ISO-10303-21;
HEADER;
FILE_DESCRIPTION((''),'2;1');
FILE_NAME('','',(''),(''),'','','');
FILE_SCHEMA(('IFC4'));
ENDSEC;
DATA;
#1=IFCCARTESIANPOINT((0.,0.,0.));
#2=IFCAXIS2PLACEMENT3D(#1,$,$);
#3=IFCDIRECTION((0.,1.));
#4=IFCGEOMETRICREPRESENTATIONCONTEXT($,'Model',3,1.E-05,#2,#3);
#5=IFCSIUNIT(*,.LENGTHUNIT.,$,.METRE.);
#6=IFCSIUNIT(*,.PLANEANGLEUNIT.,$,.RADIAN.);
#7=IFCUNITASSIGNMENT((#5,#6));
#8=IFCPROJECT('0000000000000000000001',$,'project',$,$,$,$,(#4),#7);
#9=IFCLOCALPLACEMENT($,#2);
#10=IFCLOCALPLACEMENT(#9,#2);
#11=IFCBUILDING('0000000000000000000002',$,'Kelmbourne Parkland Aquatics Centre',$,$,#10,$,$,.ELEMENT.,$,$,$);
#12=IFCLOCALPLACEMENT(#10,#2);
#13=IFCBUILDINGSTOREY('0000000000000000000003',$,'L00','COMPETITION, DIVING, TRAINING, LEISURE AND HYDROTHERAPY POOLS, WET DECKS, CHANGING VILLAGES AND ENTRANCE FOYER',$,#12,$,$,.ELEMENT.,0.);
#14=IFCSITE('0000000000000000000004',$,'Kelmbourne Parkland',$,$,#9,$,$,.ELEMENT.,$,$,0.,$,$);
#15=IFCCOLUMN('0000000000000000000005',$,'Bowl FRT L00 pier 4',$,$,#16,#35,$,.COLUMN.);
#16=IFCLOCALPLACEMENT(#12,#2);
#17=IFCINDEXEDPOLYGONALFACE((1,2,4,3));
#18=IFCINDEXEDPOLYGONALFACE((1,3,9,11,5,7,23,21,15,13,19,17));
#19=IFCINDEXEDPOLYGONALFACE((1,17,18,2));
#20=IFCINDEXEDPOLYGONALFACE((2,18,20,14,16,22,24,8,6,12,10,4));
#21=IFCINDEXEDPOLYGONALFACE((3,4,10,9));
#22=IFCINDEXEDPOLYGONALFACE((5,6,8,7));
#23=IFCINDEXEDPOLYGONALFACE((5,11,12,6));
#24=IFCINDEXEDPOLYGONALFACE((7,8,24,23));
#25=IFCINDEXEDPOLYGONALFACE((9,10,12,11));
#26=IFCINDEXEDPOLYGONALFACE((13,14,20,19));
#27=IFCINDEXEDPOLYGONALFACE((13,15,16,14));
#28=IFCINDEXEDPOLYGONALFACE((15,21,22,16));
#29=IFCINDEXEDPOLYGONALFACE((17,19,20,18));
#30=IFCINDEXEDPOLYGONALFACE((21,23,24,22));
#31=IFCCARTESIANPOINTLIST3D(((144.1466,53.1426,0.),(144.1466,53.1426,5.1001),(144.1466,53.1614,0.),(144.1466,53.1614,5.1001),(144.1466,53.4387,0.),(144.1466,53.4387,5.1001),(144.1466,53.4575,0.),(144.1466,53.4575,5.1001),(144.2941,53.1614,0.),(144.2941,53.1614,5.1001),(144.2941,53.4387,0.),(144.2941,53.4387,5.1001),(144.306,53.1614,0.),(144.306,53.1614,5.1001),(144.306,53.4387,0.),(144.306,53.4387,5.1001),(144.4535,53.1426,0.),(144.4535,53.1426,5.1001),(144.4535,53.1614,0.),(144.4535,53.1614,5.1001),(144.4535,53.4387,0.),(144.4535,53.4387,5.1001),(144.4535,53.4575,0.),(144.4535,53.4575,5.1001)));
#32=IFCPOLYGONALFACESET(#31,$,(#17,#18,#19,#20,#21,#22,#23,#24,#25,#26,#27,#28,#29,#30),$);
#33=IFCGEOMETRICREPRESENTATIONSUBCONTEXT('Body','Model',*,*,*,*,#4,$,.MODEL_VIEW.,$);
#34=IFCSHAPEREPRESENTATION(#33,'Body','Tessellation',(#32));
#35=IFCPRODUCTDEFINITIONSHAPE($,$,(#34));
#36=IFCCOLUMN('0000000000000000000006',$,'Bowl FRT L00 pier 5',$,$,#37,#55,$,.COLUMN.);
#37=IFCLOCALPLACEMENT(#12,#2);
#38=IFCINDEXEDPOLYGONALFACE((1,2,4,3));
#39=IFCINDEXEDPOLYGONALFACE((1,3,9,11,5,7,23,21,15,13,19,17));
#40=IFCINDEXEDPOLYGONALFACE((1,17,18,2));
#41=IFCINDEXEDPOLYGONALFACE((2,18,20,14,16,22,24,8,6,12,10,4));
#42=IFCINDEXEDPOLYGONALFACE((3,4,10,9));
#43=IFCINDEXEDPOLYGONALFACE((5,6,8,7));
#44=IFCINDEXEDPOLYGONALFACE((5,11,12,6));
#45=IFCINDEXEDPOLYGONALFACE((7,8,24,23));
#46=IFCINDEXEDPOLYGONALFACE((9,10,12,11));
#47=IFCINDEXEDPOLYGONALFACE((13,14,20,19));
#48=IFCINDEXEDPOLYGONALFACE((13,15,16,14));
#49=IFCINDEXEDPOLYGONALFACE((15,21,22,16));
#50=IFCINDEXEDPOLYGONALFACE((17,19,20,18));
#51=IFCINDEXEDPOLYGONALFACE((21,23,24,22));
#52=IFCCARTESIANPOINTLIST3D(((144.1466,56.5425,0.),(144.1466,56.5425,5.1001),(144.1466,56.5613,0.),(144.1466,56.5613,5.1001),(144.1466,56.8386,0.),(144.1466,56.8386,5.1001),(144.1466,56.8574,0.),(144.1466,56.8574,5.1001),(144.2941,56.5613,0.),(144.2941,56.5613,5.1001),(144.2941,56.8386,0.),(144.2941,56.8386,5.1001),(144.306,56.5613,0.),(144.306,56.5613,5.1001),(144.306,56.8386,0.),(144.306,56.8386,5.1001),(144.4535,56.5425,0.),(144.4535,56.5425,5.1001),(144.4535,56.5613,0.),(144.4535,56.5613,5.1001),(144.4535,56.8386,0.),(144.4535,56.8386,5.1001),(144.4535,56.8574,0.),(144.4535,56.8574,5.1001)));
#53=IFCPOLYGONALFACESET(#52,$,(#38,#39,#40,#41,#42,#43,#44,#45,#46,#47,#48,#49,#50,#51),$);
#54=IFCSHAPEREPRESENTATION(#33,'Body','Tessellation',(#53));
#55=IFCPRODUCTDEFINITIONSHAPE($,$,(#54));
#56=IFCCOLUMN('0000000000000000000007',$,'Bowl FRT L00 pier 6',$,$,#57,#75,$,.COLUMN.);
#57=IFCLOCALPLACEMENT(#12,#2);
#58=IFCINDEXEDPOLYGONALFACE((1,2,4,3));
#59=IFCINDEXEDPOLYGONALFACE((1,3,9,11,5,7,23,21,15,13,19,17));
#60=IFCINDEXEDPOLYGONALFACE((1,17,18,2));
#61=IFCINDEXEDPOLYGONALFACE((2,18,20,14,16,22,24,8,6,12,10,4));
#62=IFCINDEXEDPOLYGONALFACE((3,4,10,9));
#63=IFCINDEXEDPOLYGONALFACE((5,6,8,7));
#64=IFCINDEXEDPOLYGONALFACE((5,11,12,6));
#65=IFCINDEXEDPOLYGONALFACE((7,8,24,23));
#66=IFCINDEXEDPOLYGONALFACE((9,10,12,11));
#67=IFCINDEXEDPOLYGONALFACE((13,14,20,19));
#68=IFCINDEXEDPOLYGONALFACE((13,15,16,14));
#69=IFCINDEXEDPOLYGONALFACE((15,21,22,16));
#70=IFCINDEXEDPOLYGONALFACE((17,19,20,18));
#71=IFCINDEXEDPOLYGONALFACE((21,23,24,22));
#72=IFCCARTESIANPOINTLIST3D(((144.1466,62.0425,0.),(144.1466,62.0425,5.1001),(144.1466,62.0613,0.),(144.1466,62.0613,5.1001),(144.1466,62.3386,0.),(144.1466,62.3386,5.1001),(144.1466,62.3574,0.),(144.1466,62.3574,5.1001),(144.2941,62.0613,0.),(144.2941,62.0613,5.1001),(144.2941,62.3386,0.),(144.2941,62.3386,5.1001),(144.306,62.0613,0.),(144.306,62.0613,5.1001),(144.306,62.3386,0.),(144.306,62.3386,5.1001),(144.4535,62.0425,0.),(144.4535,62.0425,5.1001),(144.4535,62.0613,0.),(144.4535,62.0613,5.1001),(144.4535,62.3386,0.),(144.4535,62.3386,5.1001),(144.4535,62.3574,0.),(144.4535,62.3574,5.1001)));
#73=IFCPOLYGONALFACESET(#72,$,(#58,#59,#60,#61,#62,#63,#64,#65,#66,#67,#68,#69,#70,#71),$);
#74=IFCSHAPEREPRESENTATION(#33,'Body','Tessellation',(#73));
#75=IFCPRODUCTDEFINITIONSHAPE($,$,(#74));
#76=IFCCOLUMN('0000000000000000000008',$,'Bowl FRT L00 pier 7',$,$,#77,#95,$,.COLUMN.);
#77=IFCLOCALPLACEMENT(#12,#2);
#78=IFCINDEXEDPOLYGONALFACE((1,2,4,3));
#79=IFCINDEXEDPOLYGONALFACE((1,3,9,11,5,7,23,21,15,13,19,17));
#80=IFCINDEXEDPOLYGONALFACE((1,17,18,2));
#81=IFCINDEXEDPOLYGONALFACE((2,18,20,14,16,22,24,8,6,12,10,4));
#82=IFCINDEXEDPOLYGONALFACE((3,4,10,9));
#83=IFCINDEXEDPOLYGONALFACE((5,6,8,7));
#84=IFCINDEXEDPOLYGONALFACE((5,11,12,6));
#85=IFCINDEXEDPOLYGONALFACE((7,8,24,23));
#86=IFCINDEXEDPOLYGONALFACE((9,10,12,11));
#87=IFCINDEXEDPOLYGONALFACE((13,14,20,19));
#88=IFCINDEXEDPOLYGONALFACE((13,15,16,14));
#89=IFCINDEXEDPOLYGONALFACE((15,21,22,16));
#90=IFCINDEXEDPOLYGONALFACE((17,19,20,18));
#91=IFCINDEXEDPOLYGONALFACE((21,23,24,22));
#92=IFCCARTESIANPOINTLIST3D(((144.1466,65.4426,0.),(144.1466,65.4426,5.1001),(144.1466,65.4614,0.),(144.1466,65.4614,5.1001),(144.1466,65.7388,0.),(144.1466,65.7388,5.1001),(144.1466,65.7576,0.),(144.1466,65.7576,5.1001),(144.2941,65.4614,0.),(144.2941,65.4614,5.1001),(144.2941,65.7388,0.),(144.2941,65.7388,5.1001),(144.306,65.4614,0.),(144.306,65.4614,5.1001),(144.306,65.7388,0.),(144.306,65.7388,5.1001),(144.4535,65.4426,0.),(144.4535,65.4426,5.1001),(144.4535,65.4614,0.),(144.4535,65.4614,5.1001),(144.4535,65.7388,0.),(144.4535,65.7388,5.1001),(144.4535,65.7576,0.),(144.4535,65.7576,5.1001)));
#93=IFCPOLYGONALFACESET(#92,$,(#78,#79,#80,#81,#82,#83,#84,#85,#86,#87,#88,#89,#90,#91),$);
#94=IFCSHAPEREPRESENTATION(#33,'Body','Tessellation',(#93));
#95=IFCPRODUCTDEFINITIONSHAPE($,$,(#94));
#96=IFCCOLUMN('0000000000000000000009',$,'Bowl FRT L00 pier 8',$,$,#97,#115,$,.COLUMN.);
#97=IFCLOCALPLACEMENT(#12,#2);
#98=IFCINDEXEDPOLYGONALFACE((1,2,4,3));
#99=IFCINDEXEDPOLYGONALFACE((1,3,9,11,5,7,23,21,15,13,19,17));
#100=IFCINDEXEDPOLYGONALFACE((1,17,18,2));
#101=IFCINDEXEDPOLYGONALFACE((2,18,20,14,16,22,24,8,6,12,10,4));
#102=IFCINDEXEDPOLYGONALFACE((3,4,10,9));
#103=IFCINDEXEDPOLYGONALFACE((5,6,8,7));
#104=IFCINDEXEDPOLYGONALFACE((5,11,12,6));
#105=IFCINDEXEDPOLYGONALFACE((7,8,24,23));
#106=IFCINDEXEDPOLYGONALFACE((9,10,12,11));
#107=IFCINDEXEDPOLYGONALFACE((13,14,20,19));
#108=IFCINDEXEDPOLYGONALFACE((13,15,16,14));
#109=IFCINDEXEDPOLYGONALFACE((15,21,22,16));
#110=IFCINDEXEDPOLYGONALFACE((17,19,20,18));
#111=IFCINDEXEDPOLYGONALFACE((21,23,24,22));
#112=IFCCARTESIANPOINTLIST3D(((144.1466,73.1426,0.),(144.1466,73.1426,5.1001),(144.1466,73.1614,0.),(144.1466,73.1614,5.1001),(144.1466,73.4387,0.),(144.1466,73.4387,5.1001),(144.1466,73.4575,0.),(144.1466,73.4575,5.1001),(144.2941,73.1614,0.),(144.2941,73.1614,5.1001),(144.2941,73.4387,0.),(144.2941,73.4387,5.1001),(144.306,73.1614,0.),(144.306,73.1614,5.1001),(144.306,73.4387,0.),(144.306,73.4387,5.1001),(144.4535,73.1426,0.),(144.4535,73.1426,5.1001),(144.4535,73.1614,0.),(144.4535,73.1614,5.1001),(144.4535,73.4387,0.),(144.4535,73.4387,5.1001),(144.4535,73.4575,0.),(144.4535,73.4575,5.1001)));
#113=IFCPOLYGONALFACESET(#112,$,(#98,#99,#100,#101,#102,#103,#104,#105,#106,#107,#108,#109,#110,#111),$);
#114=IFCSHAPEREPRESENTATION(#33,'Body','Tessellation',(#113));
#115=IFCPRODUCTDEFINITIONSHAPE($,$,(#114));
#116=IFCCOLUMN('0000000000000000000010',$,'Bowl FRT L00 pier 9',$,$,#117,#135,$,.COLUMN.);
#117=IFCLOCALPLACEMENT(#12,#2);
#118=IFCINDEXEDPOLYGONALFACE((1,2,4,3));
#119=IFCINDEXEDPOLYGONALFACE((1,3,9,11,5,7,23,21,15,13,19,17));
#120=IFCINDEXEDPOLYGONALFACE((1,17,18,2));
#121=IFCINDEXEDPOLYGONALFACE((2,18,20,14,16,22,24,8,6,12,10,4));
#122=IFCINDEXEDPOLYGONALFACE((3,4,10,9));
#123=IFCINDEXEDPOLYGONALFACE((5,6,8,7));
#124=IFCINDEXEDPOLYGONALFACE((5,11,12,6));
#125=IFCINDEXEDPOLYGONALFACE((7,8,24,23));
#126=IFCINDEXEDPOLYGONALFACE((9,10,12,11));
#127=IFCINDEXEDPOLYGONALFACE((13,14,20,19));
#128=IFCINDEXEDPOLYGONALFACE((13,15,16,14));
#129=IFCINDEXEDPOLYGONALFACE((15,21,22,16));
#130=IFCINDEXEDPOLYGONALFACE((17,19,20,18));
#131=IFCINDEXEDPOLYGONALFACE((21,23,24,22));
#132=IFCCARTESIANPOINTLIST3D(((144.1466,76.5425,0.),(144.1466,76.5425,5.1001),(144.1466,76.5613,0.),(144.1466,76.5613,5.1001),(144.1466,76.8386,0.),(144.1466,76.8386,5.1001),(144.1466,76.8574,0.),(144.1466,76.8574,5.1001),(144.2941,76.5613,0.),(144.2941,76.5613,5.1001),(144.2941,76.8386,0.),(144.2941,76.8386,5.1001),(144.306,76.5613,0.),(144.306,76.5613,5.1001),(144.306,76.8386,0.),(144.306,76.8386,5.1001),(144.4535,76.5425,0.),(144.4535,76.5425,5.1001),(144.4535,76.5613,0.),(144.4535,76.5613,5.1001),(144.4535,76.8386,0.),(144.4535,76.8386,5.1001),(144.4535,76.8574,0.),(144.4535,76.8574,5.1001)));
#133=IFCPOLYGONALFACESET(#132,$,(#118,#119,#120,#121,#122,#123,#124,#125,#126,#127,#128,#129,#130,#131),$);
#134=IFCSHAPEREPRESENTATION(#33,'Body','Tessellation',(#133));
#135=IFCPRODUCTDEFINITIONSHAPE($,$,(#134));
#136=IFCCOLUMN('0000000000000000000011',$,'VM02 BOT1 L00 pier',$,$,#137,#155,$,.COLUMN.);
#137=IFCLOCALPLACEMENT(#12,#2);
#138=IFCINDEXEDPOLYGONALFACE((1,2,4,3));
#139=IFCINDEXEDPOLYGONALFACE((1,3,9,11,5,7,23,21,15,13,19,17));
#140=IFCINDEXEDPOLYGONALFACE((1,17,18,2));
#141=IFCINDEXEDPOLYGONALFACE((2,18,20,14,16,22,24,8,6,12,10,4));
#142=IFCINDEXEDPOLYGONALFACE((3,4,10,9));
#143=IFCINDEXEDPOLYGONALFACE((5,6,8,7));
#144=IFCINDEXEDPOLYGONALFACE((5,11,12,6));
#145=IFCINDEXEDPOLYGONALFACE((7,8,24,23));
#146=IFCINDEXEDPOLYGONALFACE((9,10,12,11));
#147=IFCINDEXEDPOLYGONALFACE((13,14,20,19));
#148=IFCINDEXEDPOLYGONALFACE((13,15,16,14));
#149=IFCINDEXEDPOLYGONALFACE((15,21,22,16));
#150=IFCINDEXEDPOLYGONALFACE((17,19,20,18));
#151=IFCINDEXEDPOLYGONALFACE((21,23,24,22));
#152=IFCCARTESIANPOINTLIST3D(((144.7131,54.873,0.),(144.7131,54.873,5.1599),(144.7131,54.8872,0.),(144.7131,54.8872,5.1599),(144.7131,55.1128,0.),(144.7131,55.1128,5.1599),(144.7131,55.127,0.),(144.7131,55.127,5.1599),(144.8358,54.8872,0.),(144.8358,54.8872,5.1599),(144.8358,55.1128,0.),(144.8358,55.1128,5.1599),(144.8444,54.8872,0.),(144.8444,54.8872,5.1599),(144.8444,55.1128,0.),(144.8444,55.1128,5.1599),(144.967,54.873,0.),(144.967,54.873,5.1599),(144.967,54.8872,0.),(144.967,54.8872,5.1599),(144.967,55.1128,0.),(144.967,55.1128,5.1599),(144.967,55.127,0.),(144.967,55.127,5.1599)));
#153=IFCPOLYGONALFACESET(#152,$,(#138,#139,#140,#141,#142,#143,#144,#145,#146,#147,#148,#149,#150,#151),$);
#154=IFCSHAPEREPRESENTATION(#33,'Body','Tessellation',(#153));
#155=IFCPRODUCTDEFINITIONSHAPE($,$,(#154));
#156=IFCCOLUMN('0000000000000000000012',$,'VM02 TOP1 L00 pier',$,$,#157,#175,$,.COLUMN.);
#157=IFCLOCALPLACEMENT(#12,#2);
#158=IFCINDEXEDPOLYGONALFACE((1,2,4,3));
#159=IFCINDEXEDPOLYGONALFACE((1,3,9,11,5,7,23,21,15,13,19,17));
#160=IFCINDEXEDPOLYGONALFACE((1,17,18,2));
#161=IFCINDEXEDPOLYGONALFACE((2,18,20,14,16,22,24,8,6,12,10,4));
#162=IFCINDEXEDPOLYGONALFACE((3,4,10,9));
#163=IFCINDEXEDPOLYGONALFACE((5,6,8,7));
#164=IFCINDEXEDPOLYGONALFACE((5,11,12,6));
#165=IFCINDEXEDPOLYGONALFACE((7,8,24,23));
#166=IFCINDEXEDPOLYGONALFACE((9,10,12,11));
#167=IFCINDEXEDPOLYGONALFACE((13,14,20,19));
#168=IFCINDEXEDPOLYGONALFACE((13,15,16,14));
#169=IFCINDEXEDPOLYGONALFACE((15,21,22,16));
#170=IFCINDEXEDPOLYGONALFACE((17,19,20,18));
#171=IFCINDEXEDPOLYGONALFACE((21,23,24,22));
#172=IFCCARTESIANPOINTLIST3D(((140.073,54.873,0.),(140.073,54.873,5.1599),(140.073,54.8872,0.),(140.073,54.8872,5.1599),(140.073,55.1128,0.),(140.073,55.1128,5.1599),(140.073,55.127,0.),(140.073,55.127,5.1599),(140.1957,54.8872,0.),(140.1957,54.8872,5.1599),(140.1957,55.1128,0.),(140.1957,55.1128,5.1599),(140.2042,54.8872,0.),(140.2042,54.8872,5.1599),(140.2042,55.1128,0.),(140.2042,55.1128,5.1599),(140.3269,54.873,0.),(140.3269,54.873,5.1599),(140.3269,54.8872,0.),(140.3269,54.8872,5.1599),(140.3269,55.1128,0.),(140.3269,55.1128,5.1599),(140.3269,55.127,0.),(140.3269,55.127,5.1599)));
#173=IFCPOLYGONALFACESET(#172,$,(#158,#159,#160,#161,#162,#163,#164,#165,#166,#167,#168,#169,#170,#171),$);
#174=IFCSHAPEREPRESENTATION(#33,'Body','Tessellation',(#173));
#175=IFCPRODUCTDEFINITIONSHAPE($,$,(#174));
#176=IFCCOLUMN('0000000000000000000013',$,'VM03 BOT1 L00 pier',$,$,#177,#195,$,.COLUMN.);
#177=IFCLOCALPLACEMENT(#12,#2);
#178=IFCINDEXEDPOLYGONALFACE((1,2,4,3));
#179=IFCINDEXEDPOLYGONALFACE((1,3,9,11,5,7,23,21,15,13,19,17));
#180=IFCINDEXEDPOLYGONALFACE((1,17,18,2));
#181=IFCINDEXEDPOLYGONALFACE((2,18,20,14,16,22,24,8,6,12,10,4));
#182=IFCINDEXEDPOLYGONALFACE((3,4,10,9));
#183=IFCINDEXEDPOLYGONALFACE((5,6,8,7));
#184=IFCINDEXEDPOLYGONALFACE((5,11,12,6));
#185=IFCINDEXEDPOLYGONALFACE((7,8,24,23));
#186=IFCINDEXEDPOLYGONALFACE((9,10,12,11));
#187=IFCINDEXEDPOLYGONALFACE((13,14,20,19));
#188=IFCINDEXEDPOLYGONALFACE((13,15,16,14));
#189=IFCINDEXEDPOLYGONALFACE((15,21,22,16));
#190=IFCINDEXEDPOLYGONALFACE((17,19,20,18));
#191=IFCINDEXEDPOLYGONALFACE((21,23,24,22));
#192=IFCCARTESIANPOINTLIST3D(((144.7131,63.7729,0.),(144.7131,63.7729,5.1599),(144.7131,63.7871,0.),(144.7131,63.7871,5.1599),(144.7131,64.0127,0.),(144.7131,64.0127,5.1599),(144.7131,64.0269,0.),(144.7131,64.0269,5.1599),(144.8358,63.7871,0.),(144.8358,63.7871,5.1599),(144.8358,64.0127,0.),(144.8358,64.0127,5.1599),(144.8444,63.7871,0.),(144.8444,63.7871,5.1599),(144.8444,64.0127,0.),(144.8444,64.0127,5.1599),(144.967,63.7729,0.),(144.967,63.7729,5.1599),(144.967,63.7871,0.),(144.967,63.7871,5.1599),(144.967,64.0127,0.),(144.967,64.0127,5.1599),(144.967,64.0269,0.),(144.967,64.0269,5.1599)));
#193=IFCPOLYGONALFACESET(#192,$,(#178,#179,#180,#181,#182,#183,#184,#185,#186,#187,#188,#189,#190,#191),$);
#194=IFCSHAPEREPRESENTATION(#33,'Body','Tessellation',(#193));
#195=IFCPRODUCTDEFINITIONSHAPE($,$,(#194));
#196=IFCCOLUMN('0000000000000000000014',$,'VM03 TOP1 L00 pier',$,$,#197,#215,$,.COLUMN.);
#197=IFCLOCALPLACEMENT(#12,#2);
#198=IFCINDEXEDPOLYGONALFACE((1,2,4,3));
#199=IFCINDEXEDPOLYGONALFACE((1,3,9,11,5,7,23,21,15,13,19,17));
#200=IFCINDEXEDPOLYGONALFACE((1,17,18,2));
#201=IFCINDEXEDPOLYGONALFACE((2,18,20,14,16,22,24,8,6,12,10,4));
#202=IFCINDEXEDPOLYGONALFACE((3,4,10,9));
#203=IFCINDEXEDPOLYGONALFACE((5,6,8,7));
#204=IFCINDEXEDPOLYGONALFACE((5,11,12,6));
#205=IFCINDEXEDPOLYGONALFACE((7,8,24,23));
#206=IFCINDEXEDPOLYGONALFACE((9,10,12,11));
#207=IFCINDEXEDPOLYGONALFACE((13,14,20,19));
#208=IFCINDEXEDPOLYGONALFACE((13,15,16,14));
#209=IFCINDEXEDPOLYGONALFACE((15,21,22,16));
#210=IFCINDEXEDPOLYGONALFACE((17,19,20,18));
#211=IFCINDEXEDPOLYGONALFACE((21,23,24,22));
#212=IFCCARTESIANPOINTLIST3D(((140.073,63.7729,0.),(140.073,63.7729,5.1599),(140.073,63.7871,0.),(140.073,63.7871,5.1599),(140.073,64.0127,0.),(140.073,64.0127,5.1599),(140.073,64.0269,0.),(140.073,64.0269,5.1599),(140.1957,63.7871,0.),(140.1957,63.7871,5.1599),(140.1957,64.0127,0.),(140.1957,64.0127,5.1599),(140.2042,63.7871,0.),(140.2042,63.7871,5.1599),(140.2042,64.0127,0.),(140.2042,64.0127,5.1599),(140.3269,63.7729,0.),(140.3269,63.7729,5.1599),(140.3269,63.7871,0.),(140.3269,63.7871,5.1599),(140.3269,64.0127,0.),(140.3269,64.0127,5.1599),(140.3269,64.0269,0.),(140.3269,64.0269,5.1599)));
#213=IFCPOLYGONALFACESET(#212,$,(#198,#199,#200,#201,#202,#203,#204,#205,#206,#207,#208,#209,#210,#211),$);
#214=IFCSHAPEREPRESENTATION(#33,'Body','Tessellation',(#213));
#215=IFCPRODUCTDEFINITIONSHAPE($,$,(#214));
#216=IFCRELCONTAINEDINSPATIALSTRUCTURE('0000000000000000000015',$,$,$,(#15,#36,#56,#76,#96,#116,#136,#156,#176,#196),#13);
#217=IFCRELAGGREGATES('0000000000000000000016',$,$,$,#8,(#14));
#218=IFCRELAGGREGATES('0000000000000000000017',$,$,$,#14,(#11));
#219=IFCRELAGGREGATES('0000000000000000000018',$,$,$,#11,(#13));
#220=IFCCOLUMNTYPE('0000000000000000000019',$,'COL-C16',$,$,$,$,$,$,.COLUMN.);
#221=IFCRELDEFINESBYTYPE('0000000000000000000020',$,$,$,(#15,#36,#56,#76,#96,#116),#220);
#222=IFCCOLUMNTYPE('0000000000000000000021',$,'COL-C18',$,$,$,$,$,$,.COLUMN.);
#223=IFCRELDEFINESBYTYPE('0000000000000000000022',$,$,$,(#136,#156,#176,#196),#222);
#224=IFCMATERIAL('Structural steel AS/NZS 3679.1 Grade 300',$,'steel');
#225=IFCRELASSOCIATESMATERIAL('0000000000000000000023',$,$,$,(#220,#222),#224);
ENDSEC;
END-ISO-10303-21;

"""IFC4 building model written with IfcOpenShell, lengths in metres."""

from ifc_helpers import new_model, si_unit, direction, frame, origin, origin_2d, place, context, subcontext, project, spatial, i_section, extrude, material, material_profile, profile_set, type_object, element, save


model = new_model("IFC4")

# Units and contexts
model_context = context("Model", 3, precision=1e-05, world=origin(), true_north=direction((0.0, 1.0)))
body_context = subcontext(model_context, "Body", "Model", "MODEL_VIEW")
ifc_project = project(units=[si_unit("LENGTHUNIT", "METRE"), si_unit("PLANEANGLEUNIT", "RADIAN")], contexts=[model_context])

# Site, building, storey
site_placement = place(None, origin())
site = spatial("IfcSite", under=ifc_project, at=site_placement, Name="Kelmbourne Parkland", CompositionType="ELEMENT", RefElevation=0.0)
building_placement = place(site_placement, origin())
building = spatial("IfcBuilding", under=site, at=building_placement, Name="Kelmbourne Parkland Aquatics Centre", CompositionType="ELEMENT")
storey_placement = place(building_placement, origin())
storey = spatial("IfcBuildingStorey", under=building, at=storey_placement, Name="L00", Description="COMPETITION, DIVING, TRAINING, LEISURE AND HYDROTHERAPY POOLS, WET DECKS, CHANGING VILLAGES AND ENTRANCE FOYER", CompositionType="ELEMENT", Elevation=0.0)

# Columns
ifc_material_1 = material(Name="Structural steel AS/NZS 3679.1 Grade 300", Category="steel")
ifc_material_profile_1 = material_profile(ifc_material_1, i_section(OverallWidth=0.3069, OverallDepth=0.3149, WebThickness=0.012, FlangeThickness=0.0188, at=origin_2d()), Name="310UC118")
ifc_profile_set_1 = profile_set([ifc_material_profile_1], Name="Structural steel AS/NZS 3679.1 Grade 300")
column_type_1 = type_object("IfcColumnType", Name="COL-C16", PredefinedType="COLUMN", material=ifc_profile_set_1)
for number, where, z_axis, x_axis, name in (
    (1, (144.3, 53.3, 0.0), (0.0, 0.0, 1.0), (1.0, 0.0, 0.0), "Bowl FRT L00 pier 4"),
    (2, (144.3, 56.7, 0.0), (0.0, 0.0, 1.0), (1.0, 0.0, 0.0), "Bowl FRT L00 pier 5"),
    (3, (144.3, 62.2, 0.0), (0.0, 0.0, 1.0), (1.0, 0.0, 0.0), "Bowl FRT L00 pier 6"),
    (4, (144.3, 65.6001, 0.0), (0.0, 0.0, 1.0), (1.0, 0.0, 0.0), "Bowl FRT L00 pier 7"),
    (5, (144.3, 73.3, 0.0), (0.0, 0.0, 1.0), (1.0, 0.0, 0.0), "Bowl FRT L00 pier 8"),
    (6, (144.3, 76.7, 0.0), (0.0, 0.0, 1.0), (1.0, 0.0, 0.0), "Bowl FRT L00 pier 9"),
):
    element("IfcColumn", number, at=place(storey_placement, frame(where, z_axis=z_axis, x_axis=x_axis)), inside=storey, type_object=column_type_1, Name=name, PredefinedType="COLUMN", context=body_context, shape_type="SweptSolid", body=[
        extrude(i_section(OverallWidth=0.3069, OverallDepth=0.3149, WebThickness=0.012, FlangeThickness=0.0188, at=origin_2d()), origin(), (0.0, 0.0, 1.0), 5.1001),
    ])
ifc_material_profile_2 = material_profile(ifc_material_1, i_section(OverallWidth=0.2539, OverallDepth=0.2539, WebThickness=0.0085, FlangeThickness=0.0142, at=origin_2d()), Name="250UC72.9")
ifc_profile_set_2 = profile_set([ifc_material_profile_2], Name="Structural steel AS/NZS 3679.1 Grade 300")
column_type_2 = type_object("IfcColumnType", Name="COL-C18", PredefinedType="COLUMN", material=ifc_profile_set_2)
for number, where, z_axis, x_axis, name in (
    (7, (144.8401, 55.0, 0.0), (0.0, 0.0, 1.0), (1.0, 0.0, 0.0), "VM02 BOT1 L00 pier"),
    (8, (140.2, 55.0, 0.0), (0.0, 0.0, 1.0), (1.0, 0.0, 0.0), "VM02 TOP1 L00 pier"),
    (9, (144.8401, 63.8999, 0.0), (0.0, 0.0, 1.0), (1.0, 0.0, 0.0), "VM03 BOT1 L00 pier"),
    (10, (140.2, 63.8999, 0.0), (0.0, 0.0, 1.0), (1.0, 0.0, 0.0), "VM03 TOP1 L00 pier"),
):
    element("IfcColumn", number, at=place(storey_placement, frame(where, z_axis=z_axis, x_axis=x_axis)), inside=storey, type_object=column_type_2, Name=name, PredefinedType="COLUMN", context=body_context, shape_type="SweptSolid", body=[
        extrude(i_section(OverallWidth=0.2539, OverallDepth=0.2539, WebThickness=0.0085, FlangeThickness=0.0142, at=origin_2d()), origin(), (0.0, 0.0, 1.0), 5.1599),
    ])

save(model, "model.ifc")
